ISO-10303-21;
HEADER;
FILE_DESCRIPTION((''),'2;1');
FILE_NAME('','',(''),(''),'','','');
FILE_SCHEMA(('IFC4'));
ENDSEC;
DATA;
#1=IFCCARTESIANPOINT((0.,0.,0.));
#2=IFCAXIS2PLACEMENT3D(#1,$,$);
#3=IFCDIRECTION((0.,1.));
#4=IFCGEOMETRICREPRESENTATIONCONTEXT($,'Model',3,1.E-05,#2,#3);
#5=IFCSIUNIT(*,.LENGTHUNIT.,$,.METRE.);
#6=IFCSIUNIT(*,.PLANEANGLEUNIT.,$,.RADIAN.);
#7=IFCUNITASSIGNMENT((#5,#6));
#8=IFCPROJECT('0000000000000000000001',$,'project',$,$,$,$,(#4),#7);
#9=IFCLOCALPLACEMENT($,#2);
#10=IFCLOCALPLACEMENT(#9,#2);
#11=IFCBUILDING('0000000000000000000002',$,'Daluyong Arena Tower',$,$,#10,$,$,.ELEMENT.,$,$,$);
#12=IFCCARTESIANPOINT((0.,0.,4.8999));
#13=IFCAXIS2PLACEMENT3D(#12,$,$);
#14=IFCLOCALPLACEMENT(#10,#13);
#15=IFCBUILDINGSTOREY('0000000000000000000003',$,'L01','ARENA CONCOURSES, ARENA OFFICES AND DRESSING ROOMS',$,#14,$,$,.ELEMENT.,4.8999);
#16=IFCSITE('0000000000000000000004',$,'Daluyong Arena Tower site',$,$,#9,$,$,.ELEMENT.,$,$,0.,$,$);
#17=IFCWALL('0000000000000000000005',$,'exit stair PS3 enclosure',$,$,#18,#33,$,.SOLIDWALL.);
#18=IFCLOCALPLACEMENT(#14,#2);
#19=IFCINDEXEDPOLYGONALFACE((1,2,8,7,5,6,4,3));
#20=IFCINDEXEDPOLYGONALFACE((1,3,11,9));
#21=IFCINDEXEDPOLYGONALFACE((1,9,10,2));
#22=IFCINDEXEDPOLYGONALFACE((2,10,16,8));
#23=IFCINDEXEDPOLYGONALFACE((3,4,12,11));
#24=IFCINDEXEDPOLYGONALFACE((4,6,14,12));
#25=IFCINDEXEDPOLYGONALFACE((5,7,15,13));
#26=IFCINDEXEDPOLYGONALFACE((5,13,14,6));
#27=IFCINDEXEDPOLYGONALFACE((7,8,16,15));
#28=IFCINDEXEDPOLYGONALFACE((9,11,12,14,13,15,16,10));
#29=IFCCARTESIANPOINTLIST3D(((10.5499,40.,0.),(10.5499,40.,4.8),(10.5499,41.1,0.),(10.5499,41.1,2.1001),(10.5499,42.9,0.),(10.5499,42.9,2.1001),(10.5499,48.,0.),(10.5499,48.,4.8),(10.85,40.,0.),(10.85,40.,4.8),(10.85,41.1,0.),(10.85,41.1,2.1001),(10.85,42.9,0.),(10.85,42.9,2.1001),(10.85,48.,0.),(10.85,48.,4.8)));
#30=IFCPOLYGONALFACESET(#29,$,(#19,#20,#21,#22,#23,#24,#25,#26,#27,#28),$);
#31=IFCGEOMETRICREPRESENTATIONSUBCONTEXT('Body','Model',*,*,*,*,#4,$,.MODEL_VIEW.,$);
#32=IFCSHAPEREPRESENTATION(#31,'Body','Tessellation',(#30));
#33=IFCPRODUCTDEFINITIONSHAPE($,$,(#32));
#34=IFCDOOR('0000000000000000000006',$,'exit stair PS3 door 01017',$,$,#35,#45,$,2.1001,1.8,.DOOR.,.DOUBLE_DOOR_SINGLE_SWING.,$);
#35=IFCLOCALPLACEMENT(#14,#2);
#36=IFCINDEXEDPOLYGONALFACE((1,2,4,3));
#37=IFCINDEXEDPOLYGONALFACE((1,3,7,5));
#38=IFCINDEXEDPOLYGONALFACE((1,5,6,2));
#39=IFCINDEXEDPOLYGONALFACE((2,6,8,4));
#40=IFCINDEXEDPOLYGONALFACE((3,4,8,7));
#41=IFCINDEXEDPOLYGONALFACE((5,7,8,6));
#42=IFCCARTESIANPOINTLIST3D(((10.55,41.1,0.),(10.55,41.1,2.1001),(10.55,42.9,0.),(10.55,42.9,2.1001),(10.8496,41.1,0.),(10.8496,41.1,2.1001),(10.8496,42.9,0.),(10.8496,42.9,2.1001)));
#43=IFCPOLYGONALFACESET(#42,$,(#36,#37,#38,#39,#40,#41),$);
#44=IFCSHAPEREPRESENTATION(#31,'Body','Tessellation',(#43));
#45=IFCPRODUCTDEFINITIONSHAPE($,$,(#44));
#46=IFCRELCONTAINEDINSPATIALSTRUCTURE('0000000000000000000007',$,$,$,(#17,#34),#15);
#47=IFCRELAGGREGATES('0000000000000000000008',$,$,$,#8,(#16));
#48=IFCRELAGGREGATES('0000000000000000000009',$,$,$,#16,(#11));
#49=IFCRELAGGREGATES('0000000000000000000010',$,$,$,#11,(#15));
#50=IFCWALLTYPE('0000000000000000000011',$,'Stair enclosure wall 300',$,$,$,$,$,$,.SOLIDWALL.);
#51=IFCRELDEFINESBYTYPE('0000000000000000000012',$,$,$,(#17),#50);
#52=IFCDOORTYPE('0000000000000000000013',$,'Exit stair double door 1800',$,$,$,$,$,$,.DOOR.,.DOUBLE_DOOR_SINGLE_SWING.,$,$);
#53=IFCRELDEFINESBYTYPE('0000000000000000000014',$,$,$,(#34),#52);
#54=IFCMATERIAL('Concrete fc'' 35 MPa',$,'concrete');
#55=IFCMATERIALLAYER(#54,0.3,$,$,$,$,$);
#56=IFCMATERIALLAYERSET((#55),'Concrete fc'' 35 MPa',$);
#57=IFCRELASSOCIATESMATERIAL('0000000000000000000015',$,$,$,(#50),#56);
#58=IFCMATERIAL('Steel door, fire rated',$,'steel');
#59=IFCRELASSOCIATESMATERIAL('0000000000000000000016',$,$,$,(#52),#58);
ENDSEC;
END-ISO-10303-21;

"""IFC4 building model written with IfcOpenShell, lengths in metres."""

from ifc_helpers import new_model, si_unit, direction, frame, frame_2d, origin, place, context, subcontext, project, spatial, rectangle, extrude, material, layer, layer_set, type_object, element, fill, save


model = new_model("IFC4")

# Units and contexts
model_context = context("Model", 3, precision=1e-05, world=origin(), true_north=direction((0.0, 1.0)))
body_context = subcontext(model_context, "Body", "Model", "MODEL_VIEW")
ifc_project = project(units=[si_unit("LENGTHUNIT", "METRE"), si_unit("PLANEANGLEUNIT", "RADIAN")], contexts=[model_context])

# Site, building, storey
site_placement = place(None, origin())
site = spatial("IfcSite", under=ifc_project, at=site_placement, Name="Daluyong Arena Tower site", CompositionType="ELEMENT", RefElevation=0.0)
building_placement = place(site_placement, origin())
building = spatial("IfcBuilding", under=site, at=building_placement, Name="Daluyong Arena Tower", CompositionType="ELEMENT")
storey_placement = place(building_placement, frame((0.0, 0.0, 4.8999)))
storey = spatial("IfcBuildingStorey", under=building, at=storey_placement, Name="L01", Description="ARENA CONCOURSES, ARENA OFFICES AND DRESSING ROOMS", CompositionType="ELEMENT", Elevation=4.8999)

# Wall, opening, door
ifc_material_1 = material(Name="Concrete fc' 35 MPa", Category="concrete")
ifc_layer_1 = layer(ifc_material_1, 0.3)
ifc_layer_set_1 = layer_set([ifc_layer_1], Name="Concrete fc' 35 MPa")
wall_type_1 = type_object("IfcWallType", Name="Stair enclosure wall 300", PredefinedType="SOLIDWALL", material=ifc_layer_set_1)
wall_1_placement = place(storey_placement, frame((10.7, 40.0, 0.0), z_axis=(0.0, 0.0, 1.0), x_axis=(0.0, 1.0, 0.0)))
wall_1 = element("IfcWall", 1, at=wall_1_placement, inside=storey, type_object=wall_type_1, Name="exit stair PS3 enclosure", PredefinedType="SOLIDWALL", context=body_context, shape_type="SweptSolid", body=[
    extrude(rectangle(XDim=8.0, YDim=0.3, at=frame_2d((4.0, 0.0))), origin(), (0.0, 0.0, 1.0), 4.8),
])
opening_1_placement = place(wall_1_placement, frame((1.1001, 0.0, 0.0)))
opening_1 = element("IfcOpeningElement", 2, at=opening_1_placement, cuts=wall_1, PredefinedType="OPENING", context=body_context, shape_type="SweptSolid", body=[
    extrude(rectangle(XDim=1.8, YDim=2.1001, at=frame_2d((0.8999, 1.05))), frame((0.0, 0.1599, 0.0), z_axis=(0.0, -1.0, 0.0), x_axis=(1.0, 0.0, 0.0)), (0.0, 0.0, 1.0), 0.3201),
])
ifc_material_2 = material(Name="Steel door, fire rated", Category="steel")
door_type_1 = type_object("IfcDoorType", Name="Exit stair double door 1800", OperationType="DOUBLE_DOOR_SINGLE_SWING", PredefinedType="DOOR", material=ifc_material_2)
door_1_placement = place(opening_1_placement, origin())
door_1 = element("IfcDoor", 3, at=door_1_placement, inside=storey, type_object=door_type_1, Name="exit stair PS3 door 01017", OperationType="DOUBLE_DOOR_SINGLE_SWING", OverallHeight=2.1001, OverallWidth=1.8, PredefinedType="DOOR", context=body_context, shape_type="SweptSolid", body=[
    extrude(rectangle(XDim=1.8, YDim=2.1001, at=frame_2d((0.8999, 1.05))), frame((0.0, 0.1499, 0.0), z_axis=(0.0, -1.0, 0.0), x_axis=(1.0, 0.0, 0.0)), (0.0, 0.0, 1.0), 0.2996),
])
fill(opening_1, door_1)

save(model, "model.ifc")
